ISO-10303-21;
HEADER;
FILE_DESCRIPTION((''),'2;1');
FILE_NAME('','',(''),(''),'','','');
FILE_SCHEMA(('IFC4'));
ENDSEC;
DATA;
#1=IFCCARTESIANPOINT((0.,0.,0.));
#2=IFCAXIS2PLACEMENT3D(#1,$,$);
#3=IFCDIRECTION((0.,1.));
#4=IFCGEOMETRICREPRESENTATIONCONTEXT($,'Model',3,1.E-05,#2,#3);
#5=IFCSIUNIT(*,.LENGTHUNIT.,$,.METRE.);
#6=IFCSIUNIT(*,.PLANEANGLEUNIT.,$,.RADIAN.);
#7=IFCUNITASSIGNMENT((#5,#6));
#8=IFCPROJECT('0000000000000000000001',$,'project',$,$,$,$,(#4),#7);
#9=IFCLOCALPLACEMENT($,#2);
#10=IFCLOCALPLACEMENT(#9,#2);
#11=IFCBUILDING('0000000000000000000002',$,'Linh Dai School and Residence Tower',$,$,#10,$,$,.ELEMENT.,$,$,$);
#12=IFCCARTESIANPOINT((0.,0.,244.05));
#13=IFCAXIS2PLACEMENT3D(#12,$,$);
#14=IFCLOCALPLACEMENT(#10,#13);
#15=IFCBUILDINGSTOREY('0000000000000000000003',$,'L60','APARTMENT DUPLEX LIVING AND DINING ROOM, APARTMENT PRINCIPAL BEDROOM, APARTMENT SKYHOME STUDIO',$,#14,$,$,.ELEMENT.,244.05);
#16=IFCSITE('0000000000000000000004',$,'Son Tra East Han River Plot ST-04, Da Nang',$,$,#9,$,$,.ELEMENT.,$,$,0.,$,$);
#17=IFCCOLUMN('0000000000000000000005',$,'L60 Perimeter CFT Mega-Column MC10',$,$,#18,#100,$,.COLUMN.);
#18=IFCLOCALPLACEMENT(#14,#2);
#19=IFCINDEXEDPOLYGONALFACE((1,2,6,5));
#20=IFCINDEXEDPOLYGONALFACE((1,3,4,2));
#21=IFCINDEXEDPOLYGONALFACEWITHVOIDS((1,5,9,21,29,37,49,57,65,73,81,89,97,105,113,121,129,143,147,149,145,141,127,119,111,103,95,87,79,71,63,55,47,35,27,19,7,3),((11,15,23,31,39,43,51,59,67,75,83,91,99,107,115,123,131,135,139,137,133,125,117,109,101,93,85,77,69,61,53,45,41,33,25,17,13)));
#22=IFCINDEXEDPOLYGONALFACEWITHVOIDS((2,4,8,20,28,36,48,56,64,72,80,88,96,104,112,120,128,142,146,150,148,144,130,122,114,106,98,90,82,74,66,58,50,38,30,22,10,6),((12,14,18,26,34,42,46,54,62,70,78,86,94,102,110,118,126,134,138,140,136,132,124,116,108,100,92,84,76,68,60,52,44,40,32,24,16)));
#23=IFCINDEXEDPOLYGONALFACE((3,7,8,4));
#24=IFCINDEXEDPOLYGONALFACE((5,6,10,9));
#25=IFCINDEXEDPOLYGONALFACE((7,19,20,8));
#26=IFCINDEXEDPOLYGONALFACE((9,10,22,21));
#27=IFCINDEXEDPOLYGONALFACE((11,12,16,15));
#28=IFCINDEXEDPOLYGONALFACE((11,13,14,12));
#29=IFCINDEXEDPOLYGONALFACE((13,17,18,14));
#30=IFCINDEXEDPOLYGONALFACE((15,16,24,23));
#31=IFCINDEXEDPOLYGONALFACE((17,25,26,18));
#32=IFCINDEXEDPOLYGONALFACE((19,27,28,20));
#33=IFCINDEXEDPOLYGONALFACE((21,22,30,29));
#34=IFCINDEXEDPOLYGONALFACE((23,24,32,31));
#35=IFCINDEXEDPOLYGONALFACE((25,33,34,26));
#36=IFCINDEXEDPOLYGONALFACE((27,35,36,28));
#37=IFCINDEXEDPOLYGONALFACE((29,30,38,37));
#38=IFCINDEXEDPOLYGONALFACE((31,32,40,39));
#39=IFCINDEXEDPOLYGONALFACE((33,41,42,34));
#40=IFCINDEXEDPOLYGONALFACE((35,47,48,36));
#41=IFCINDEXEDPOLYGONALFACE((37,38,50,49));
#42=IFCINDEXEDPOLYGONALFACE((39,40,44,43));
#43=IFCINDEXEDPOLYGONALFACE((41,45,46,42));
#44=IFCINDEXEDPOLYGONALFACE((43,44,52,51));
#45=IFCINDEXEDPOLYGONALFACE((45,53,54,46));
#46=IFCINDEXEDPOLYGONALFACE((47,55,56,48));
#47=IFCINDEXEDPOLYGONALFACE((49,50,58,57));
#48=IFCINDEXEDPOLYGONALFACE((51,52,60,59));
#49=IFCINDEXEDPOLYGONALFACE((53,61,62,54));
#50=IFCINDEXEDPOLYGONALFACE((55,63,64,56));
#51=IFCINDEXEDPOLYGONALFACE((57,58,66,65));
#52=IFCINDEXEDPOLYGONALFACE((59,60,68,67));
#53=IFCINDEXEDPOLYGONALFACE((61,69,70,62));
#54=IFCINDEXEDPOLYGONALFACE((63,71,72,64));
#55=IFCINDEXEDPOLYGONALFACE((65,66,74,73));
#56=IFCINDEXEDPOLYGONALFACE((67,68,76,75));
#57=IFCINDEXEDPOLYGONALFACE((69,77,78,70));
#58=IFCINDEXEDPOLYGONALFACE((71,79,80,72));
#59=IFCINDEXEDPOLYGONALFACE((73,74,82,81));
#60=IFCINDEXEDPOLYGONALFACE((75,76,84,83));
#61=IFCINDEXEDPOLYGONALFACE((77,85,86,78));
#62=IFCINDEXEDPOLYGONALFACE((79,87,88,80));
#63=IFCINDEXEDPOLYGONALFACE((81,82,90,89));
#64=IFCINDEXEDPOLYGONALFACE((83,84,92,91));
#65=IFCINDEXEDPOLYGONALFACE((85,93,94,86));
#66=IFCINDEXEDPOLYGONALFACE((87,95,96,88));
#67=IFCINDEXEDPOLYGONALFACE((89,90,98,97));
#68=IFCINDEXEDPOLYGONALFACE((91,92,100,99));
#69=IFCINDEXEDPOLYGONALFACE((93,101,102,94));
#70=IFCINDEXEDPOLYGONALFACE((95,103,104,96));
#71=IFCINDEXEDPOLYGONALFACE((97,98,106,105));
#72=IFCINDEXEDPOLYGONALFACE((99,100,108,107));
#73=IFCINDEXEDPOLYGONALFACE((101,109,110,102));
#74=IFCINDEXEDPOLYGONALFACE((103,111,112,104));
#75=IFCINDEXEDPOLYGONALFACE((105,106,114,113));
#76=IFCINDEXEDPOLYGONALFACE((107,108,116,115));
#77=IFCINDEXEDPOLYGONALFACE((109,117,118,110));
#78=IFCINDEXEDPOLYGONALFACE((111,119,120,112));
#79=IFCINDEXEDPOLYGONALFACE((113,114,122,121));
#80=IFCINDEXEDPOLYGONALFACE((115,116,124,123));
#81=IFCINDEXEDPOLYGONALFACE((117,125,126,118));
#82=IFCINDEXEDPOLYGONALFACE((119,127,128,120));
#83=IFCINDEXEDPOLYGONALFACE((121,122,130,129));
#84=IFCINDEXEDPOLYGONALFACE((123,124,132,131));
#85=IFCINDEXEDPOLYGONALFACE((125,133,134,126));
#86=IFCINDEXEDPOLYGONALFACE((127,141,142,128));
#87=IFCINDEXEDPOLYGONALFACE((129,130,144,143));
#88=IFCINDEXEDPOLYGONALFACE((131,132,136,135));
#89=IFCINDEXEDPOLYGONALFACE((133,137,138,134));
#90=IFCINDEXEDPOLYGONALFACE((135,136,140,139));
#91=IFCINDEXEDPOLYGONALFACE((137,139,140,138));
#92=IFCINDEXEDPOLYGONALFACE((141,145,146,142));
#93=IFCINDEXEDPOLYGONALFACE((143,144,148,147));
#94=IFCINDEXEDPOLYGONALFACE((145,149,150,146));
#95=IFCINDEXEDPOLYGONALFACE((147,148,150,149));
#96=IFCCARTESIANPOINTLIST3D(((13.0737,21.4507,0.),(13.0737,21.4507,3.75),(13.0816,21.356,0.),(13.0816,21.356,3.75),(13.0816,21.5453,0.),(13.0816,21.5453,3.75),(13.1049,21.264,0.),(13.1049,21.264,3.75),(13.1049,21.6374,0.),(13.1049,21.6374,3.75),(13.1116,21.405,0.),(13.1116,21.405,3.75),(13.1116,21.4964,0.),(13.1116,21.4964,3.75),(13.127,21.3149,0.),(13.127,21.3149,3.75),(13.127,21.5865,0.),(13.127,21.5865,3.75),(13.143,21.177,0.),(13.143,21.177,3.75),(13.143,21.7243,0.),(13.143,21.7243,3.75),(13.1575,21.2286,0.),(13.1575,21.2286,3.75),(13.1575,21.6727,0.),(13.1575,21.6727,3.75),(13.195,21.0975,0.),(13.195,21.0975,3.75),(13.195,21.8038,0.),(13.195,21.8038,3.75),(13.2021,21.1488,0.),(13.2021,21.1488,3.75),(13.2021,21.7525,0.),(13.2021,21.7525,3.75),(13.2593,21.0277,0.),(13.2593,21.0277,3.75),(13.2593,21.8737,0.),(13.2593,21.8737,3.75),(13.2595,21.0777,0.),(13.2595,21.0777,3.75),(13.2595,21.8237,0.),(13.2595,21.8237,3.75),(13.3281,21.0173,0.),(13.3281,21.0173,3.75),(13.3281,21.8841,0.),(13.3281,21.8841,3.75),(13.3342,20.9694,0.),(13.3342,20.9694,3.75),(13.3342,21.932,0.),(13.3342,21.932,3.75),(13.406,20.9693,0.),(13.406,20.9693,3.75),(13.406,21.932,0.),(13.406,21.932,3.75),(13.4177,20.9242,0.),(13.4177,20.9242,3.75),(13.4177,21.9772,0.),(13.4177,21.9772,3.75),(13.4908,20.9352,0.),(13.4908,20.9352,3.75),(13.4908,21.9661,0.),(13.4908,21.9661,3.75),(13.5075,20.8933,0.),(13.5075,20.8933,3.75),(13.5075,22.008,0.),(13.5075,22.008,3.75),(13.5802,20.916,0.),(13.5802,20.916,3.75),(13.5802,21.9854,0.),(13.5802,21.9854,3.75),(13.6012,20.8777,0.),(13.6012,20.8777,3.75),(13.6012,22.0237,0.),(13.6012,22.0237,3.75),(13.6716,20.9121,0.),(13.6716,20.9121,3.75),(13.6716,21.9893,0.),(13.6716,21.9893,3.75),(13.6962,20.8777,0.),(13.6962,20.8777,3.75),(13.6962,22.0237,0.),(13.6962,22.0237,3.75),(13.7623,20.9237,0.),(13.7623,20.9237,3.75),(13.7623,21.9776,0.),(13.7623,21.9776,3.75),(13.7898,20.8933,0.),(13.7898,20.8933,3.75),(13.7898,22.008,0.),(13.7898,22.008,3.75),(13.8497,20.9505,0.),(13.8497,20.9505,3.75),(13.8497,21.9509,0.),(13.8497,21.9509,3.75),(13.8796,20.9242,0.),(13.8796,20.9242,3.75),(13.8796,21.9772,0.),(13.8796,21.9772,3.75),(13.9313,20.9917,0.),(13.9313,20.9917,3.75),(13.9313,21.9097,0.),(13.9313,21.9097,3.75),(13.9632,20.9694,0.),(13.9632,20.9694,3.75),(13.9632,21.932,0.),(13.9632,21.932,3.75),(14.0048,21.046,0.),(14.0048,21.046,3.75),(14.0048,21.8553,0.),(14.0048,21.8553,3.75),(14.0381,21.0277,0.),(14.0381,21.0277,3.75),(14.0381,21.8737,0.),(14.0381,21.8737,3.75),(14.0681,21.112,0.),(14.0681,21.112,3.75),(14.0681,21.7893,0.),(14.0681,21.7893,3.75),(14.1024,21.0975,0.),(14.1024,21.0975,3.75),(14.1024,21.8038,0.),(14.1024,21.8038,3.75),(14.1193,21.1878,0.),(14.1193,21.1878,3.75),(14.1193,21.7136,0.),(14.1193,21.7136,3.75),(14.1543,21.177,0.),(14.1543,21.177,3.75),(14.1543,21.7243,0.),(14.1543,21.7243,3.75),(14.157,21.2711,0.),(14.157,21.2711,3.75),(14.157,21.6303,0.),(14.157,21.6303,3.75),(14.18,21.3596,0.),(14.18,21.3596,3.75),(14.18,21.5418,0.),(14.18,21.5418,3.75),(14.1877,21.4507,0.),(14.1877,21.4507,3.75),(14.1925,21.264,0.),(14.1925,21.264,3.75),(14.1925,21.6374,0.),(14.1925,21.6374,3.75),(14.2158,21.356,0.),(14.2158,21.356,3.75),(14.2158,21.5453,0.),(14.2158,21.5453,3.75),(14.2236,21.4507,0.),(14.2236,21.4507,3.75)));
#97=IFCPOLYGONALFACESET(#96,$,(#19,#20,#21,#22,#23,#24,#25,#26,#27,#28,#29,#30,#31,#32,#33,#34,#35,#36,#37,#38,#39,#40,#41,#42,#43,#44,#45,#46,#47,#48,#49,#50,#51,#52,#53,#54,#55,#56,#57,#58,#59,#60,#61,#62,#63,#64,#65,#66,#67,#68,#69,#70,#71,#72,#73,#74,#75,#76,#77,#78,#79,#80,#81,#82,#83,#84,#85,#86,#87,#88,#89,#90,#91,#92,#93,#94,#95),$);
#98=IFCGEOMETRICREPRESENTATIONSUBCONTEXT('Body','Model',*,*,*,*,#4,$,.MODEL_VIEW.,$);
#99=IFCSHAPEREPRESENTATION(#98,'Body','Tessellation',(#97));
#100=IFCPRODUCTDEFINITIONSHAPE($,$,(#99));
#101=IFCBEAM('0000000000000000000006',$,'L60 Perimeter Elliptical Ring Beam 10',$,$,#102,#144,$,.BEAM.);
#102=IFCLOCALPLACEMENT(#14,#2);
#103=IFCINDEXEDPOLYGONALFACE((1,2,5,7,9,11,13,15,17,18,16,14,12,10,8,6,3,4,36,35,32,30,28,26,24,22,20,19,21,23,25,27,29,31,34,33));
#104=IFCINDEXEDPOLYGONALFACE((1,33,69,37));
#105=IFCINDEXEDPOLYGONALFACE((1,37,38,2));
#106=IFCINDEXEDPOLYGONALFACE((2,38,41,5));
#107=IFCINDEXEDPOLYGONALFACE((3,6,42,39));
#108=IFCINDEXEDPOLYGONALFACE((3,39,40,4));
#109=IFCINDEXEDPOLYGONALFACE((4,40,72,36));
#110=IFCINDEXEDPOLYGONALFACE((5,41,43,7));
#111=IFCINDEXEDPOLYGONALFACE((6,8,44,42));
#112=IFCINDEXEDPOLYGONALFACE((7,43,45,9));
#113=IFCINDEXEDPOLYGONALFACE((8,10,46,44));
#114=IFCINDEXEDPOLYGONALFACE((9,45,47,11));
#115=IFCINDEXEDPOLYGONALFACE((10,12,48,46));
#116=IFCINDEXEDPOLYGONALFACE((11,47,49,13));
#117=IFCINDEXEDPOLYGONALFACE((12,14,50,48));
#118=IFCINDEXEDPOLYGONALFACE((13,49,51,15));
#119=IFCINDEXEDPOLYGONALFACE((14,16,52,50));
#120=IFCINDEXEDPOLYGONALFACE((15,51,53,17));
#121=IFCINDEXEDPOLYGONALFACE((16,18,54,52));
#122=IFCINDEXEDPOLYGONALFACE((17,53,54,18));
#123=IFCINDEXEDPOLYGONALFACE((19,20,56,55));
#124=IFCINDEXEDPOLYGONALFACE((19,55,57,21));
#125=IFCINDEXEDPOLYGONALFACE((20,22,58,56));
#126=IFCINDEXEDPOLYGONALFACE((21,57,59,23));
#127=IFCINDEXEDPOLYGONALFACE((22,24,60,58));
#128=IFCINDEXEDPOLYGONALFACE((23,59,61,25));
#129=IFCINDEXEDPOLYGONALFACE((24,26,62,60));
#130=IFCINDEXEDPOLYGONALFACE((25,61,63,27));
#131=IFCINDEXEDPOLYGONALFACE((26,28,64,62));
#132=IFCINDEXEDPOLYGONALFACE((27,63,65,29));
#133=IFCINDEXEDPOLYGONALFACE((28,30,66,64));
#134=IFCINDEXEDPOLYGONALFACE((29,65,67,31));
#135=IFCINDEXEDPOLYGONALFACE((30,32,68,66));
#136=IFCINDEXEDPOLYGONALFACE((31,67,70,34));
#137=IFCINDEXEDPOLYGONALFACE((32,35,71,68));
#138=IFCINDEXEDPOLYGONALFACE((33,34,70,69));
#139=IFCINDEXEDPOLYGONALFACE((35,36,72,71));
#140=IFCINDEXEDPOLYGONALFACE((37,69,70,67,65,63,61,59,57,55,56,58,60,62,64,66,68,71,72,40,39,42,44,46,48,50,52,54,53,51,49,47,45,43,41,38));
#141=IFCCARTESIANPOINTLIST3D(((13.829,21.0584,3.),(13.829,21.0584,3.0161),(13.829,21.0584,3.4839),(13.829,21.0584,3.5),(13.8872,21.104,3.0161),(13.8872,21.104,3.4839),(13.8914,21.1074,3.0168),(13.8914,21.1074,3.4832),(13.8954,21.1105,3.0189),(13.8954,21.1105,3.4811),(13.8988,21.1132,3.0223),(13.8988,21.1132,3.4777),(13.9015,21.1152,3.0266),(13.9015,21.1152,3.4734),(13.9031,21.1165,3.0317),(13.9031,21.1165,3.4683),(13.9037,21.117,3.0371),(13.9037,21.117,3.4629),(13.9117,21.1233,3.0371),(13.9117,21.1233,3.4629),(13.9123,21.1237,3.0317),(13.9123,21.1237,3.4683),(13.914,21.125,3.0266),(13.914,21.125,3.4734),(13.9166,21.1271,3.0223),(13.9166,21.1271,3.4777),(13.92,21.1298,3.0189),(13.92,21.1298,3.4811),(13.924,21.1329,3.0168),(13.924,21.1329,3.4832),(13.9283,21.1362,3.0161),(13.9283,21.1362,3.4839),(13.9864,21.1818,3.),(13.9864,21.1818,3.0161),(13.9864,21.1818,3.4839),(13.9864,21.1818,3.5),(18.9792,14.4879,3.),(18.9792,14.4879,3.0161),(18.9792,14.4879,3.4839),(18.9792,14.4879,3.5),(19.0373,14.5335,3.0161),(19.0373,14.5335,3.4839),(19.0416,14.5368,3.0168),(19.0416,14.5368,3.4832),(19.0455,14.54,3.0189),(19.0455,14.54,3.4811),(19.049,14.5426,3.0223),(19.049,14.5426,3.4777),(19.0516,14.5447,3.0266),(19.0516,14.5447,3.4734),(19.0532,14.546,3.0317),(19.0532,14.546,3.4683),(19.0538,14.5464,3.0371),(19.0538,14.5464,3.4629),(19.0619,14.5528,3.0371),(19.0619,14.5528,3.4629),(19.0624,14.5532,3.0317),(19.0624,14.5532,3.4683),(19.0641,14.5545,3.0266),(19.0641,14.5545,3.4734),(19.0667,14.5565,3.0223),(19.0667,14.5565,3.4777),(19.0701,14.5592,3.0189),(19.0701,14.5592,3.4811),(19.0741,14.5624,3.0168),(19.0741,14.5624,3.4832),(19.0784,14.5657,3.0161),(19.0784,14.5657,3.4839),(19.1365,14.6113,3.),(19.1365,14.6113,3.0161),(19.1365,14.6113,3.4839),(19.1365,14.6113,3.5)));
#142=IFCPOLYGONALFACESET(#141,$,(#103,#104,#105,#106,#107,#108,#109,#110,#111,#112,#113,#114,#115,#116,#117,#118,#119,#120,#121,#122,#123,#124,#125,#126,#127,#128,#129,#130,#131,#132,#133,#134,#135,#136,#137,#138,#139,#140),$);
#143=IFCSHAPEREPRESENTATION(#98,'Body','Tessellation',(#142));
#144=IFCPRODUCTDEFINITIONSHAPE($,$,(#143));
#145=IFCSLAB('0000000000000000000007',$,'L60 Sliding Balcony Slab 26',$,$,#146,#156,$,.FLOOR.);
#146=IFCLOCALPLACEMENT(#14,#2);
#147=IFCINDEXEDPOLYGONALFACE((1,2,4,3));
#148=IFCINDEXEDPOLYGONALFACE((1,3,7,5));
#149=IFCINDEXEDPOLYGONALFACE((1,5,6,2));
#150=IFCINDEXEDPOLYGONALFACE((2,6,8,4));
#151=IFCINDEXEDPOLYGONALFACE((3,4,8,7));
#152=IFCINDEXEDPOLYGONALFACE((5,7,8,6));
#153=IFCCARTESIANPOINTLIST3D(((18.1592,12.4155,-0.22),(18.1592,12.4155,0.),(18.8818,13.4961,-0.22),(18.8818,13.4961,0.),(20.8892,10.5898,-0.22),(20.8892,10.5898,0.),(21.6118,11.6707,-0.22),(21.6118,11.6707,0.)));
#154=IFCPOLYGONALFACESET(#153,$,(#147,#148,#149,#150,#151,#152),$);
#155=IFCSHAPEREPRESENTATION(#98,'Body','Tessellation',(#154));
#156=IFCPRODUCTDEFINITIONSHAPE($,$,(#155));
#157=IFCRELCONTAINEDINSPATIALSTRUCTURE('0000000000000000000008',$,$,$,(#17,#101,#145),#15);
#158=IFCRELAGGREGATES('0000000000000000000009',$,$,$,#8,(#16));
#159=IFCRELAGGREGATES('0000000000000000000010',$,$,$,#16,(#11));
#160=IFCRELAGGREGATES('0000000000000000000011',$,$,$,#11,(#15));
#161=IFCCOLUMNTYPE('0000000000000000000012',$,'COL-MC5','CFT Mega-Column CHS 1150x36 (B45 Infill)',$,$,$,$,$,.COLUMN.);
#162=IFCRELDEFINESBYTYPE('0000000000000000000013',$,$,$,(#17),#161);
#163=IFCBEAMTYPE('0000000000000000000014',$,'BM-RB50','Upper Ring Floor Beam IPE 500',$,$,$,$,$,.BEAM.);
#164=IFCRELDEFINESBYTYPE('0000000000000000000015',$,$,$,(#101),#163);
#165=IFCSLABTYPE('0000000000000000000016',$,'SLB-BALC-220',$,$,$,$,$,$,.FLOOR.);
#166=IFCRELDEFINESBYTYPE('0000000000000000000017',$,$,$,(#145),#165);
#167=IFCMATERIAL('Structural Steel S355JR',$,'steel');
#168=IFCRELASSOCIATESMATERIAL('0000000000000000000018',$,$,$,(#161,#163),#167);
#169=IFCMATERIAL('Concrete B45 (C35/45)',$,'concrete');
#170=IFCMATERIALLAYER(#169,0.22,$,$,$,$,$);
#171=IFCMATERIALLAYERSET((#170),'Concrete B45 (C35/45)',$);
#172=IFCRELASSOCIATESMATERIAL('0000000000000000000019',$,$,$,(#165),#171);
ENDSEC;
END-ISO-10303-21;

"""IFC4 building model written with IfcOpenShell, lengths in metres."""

from ifc_helpers import new_model, si_unit, direction, frame, origin, origin_2d, place, context, subcontext, project, spatial, polyline, hollow_circle, i_section, outline, extrude, material, layer, layer_set, material_profile, profile_set, type_object, element, save


model = new_model("IFC4")

# Units and contexts
model_context = context("Model", 3, precision=1e-05, world=origin(), true_north=direction((0.0, 1.0)))
body_context = subcontext(model_context, "Body", "Model", "MODEL_VIEW")
ifc_project = project(units=[si_unit("LENGTHUNIT", "METRE"), si_unit("PLANEANGLEUNIT", "RADIAN")], contexts=[model_context])

# Site, building, storey
site_placement = place(None, origin())
site = spatial("IfcSite", under=ifc_project, at=site_placement, Name="Son Tra East Han River Plot ST-04, Da Nang", CompositionType="ELEMENT", RefElevation=0.0)
building_placement = place(site_placement, origin())
building = spatial("IfcBuilding", under=site, at=building_placement, Name="Linh Dai School and Residence Tower", CompositionType="ELEMENT")
storey_placement = place(building_placement, frame((0.0, 0.0, 244.05)))
storey = spatial("IfcBuildingStorey", under=building, at=storey_placement, Name="L60", Description="APARTMENT DUPLEX LIVING AND DINING ROOM, APARTMENT PRINCIPAL BEDROOM, APARTMENT SKYHOME STUDIO", CompositionType="ELEMENT", Elevation=244.05)

# Column
ifc_material_1 = material(Name="Structural Steel S355JR", Category="steel")
ifc_material_profile_1 = material_profile(ifc_material_1, hollow_circle(Radius=0.575, WallThickness=0.0359, at=origin_2d()), Name="CHS 1150x36")
ifc_profile_set_1 = profile_set([ifc_material_profile_1], Name="Structural Steel S355JR")
column_type = type_object("IfcColumnType", Name="COL-MC5", Description="CFT Mega-Column CHS 1150x36 (B45 Infill)", PredefinedType="COLUMN", material=ifc_profile_set_1)
column_placement = place(storey_placement, frame((13.6487, 21.4507, 0.0), z_axis=(0.0, 0.0, 1.0), x_axis=(1.0, 0.0, 0.0)))
element("IfcColumn", 1, at=column_placement, inside=storey, type_object=column_type, Name="L60 Perimeter CFT Mega-Column MC10", PredefinedType="COLUMN", context=body_context, shape_type="SweptSolid", body=[
    extrude(hollow_circle(Radius=0.575, WallThickness=0.0359, at=origin_2d()), origin(), (0.0, 0.0, 1.0), 3.75),
])

# Beam
ifc_material_profile_2 = material_profile(ifc_material_1, i_section(OverallWidth=0.2, OverallDepth=0.5, WebThickness=0.0103, FlangeThickness=0.0161, FilletRadius=0.021, at=origin_2d()), Name="IPE 500")
ifc_profile_set_2 = profile_set([ifc_material_profile_2], Name="Structural Steel S355JR")
beam_type = type_object("IfcBeamType", Name="BM-RB50", Description="Upper Ring Floor Beam IPE 500", PredefinedType="BEAM", material=ifc_profile_set_2)
beam_placement = place(storey_placement, frame((13.9077, 21.1201, 3.25), z_axis=(0.6169, -0.787041, 0.0), x_axis=(0.787041, 0.6169, 0.0)))
element("IfcBeam", 2, at=beam_placement, inside=storey, type_object=beam_type, Name="L60 Perimeter Elliptical Ring Beam 10", PredefinedType="BEAM", context=body_context, shape_type="SweptSolid", body=[
    extrude(i_section(OverallWidth=0.2, OverallDepth=0.5, WebThickness=0.0103, FlangeThickness=0.0161, FilletRadius=0.021, at=origin_2d()), origin(), (0.0, 0.0, 1.0), 8.3484),
])

# Slab
ifc_material_2 = material(Name="Concrete B45 (C35/45)", Category="concrete")
ifc_layer_1 = layer(ifc_material_2, 0.22)
ifc_layer_set_1 = layer_set([ifc_layer_1], Name="Concrete B45 (C35/45)")
slab_type_1 = type_object("IfcSlabType", Name="SLB-BALC-220", PredefinedType="FLOOR", material=ifc_layer_set_1)
slab_1_placement = place(storey_placement, frame((0.0, 0.0, -0.22)))
element("IfcSlab", 3, at=slab_1_placement, inside=storey, type_object=slab_type_1, Name="L60 Sliding Balcony Slab 26", PredefinedType="FLOOR", context=body_context, shape_type="SweptSolid", body=[
    extrude(outline(polyline([(21.6118, 11.6707), (18.8818, 13.4961), (18.1592, 12.4155), (20.8892, 10.5898), (21.6118, 11.6707)])), origin(), (0.0, 0.0, 1.0), 0.22),
])

save(model, "model.ifc")
